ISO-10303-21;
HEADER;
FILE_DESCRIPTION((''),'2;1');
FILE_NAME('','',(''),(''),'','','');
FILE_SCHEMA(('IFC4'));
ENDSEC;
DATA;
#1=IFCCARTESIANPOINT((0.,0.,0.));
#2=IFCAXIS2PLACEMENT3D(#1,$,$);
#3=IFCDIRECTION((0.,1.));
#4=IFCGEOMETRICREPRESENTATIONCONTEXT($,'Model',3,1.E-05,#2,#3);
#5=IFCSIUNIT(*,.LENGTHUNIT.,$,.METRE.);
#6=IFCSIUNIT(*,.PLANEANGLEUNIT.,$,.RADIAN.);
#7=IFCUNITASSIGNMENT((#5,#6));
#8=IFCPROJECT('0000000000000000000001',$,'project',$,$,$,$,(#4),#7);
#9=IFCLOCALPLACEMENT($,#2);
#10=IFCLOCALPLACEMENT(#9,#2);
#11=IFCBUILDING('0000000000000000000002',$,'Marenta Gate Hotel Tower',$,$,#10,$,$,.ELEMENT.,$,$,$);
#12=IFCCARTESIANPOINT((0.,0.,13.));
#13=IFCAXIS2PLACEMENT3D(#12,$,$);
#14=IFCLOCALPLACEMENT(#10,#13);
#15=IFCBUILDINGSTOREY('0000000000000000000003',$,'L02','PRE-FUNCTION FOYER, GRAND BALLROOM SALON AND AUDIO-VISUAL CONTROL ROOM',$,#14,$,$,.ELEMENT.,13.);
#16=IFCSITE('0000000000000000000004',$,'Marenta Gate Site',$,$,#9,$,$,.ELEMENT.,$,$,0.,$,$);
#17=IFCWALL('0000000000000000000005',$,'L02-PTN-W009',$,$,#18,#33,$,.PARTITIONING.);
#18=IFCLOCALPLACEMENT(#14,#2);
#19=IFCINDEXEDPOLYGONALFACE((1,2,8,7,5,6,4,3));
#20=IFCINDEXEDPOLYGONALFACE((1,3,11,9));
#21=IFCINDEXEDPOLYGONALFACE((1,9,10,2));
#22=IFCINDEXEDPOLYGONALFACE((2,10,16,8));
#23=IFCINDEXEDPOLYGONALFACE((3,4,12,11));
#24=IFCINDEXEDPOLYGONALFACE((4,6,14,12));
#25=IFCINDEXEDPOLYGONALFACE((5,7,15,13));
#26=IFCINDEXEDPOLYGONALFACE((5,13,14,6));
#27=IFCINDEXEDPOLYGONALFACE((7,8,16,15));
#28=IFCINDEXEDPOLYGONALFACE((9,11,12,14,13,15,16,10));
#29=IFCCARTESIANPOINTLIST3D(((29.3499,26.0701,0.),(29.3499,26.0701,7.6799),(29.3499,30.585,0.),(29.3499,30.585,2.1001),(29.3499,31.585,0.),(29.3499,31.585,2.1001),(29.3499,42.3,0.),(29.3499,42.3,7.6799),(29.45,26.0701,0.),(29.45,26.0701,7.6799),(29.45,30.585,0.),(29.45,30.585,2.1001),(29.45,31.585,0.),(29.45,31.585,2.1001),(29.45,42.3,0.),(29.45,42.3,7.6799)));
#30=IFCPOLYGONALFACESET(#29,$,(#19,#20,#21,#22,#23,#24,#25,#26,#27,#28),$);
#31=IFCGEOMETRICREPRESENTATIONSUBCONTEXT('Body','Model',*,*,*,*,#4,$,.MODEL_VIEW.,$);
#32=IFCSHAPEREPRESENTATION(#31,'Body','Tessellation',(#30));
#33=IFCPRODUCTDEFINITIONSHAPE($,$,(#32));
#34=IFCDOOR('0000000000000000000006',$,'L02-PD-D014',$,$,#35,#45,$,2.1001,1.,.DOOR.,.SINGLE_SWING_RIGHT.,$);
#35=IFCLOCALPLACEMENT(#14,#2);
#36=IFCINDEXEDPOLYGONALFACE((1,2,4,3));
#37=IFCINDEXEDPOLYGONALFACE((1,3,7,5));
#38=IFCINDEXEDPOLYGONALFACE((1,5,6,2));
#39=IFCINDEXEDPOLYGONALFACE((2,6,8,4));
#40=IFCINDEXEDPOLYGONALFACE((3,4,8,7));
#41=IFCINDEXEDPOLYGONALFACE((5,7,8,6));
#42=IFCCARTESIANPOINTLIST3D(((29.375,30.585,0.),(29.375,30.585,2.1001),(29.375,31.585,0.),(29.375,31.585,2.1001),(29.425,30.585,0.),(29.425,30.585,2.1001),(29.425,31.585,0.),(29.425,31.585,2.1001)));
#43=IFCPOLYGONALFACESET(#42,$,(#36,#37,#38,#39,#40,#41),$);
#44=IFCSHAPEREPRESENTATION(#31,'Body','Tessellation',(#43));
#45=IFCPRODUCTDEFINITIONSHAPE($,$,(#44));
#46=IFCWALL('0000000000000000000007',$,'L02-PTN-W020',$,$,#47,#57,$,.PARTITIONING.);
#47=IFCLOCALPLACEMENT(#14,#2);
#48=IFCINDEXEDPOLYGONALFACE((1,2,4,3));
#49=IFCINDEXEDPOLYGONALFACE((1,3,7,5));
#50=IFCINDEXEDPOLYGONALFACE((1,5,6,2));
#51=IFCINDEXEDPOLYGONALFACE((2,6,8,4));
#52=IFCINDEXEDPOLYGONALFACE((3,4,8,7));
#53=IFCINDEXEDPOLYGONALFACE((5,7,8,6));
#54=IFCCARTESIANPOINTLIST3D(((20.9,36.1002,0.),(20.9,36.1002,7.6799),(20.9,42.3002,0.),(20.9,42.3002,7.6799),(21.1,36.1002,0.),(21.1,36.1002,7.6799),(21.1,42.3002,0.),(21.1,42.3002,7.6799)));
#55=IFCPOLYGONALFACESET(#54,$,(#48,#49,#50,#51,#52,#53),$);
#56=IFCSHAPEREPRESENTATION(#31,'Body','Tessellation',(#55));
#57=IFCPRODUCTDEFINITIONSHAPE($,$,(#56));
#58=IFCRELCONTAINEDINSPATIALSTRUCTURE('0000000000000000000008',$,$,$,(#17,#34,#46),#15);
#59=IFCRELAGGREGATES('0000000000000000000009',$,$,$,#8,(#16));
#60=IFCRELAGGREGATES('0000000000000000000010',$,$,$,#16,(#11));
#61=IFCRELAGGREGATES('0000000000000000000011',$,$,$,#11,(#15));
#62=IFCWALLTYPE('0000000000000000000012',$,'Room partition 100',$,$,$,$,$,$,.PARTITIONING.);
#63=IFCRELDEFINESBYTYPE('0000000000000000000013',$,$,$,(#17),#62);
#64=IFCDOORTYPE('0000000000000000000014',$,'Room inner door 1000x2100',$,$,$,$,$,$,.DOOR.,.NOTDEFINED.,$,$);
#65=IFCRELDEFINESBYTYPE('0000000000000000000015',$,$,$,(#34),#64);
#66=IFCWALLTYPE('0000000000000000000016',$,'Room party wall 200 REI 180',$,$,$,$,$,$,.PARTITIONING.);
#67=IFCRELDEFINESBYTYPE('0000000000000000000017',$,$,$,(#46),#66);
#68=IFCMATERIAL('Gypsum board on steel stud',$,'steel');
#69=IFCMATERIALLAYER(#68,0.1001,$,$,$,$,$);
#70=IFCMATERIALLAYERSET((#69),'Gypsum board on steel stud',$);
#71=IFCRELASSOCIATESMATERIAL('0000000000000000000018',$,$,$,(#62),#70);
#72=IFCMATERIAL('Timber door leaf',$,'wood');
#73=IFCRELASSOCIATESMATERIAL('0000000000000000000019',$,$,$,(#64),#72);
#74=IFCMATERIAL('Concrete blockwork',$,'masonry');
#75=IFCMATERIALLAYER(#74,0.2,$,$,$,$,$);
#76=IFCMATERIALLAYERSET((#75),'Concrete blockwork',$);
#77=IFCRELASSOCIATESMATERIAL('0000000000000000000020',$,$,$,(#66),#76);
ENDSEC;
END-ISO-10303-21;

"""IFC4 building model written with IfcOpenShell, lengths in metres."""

from ifc_helpers import new_model, si_unit, direction, frame, frame_2d, origin, place, context, subcontext, project, spatial, rectangle, extrude, material, layer, layer_set, type_object, element, fill, save


model = new_model("IFC4")

# Units and contexts
model_context = context("Model", 3, precision=1e-05, world=origin(), true_north=direction((0.0, 1.0)))
body_context = subcontext(model_context, "Body", "Model", "MODEL_VIEW")
ifc_project = project(units=[si_unit("LENGTHUNIT", "METRE"), si_unit("PLANEANGLEUNIT", "RADIAN")], contexts=[model_context])

# Site, building, storey
site_placement = place(None, origin())
site = spatial("IfcSite", under=ifc_project, at=site_placement, Name="Marenta Gate Site", CompositionType="ELEMENT", RefElevation=0.0)
building_placement = place(site_placement, origin())
building = spatial("IfcBuilding", under=site, at=building_placement, Name="Marenta Gate Hotel Tower", CompositionType="ELEMENT")
storey_placement = place(building_placement, frame((0.0, 0.0, 13.0)))
storey = spatial("IfcBuildingStorey", under=building, at=storey_placement, Name="L02", Description="PRE-FUNCTION FOYER, GRAND BALLROOM SALON AND AUDIO-VISUAL CONTROL ROOM", CompositionType="ELEMENT", Elevation=13.0)

# Wall, opening, door
ifc_material_1 = material(Name="Gypsum board on steel stud", Category="steel")
ifc_layer_1 = layer(ifc_material_1, 0.1001)
ifc_layer_set_1 = layer_set([ifc_layer_1], Name="Gypsum board on steel stud")
wall_type_1 = type_object("IfcWallType", Name="Room partition 100", PredefinedType="PARTITIONING", material=ifc_layer_set_1)
wall_1_placement = place(storey_placement, frame((29.3999, 26.0701, 0.0), z_axis=(0.0, 0.0, 1.0), x_axis=(0.0, 1.0, 0.0)))
wall_1 = element("IfcWall", 1, at=wall_1_placement, inside=storey, type_object=wall_type_1, Name="L02-PTN-W009", PredefinedType="PARTITIONING", context=body_context, shape_type="SweptSolid", body=[
    extrude(rectangle(XDim=16.23, YDim=0.1001, at=frame_2d((8.115, 0.0))), origin(), (0.0, 0.0, 1.0), 7.6799),
])
opening_1_placement = place(wall_1_placement, frame((4.5149, 0.0, 0.0)))
opening_1 = element("IfcOpeningElement", 2, at=opening_1_placement, cuts=wall_1, PredefinedType="OPENING", context=body_context, shape_type="SweptSolid", body=[
    extrude(rectangle(XDim=1.0, YDim=2.1001, at=frame_2d((0.5, 1.05))), frame((0.0, 0.05, 0.0), z_axis=(0.0, -1.0, 0.0), x_axis=(1.0, 0.0, 0.0)), (0.0, 0.0, 1.0), 0.1001),
])
ifc_material_2 = material(Name="Timber door leaf", Category="wood")
door_type = type_object("IfcDoorType", Name="Room inner door 1000x2100", OperationType="NOTDEFINED", PredefinedType="DOOR", material=ifc_material_2)
door_placement = place(opening_1_placement, origin())
door = element("IfcDoor", 3, at=door_placement, inside=storey, type_object=door_type, Name="L02-PD-D014", OperationType="SINGLE_SWING_RIGHT", OverallHeight=2.1001, OverallWidth=1.0, PredefinedType="DOOR", context=body_context, shape_type="SweptSolid", body=[
    extrude(rectangle(XDim=1.0, YDim=2.1001, at=frame_2d((0.5, 1.05))), frame((0.0, 0.0249, 0.0), z_axis=(0.0, -1.0, 0.0), x_axis=(1.0, 0.0, 0.0)), (0.0, 0.0, 1.0), 0.05),
])
fill(opening_1, door)

# Wall
ifc_material_3 = material(Name="Concrete blockwork", Category="masonry")
ifc_layer_2 = layer(ifc_material_3, 0.2)
ifc_layer_set_2 = layer_set([ifc_layer_2], Name="Concrete blockwork")
wall_type_2 = type_object("IfcWallType", Name="Room party wall 200 REI 180", PredefinedType="PARTITIONING", material=ifc_layer_set_2)
wall_2_placement = place(storey_placement, frame((21.0, 36.1001, 0.0), z_axis=(0.0, 0.0, 1.0), x_axis=(0.0, 1.0, 0.0)))
element("IfcWall", 4, at=wall_2_placement, inside=storey, type_object=wall_type_2, Name="L02-PTN-W020", PredefinedType="PARTITIONING", context=body_context, shape_type="SweptSolid", body=[
    extrude(rectangle(XDim=6.2, YDim=0.2, at=frame_2d((3.1001, 0.0))), origin(), (0.0, 0.0, 1.0), 7.6799),
])

save(model, "model.ifc")
